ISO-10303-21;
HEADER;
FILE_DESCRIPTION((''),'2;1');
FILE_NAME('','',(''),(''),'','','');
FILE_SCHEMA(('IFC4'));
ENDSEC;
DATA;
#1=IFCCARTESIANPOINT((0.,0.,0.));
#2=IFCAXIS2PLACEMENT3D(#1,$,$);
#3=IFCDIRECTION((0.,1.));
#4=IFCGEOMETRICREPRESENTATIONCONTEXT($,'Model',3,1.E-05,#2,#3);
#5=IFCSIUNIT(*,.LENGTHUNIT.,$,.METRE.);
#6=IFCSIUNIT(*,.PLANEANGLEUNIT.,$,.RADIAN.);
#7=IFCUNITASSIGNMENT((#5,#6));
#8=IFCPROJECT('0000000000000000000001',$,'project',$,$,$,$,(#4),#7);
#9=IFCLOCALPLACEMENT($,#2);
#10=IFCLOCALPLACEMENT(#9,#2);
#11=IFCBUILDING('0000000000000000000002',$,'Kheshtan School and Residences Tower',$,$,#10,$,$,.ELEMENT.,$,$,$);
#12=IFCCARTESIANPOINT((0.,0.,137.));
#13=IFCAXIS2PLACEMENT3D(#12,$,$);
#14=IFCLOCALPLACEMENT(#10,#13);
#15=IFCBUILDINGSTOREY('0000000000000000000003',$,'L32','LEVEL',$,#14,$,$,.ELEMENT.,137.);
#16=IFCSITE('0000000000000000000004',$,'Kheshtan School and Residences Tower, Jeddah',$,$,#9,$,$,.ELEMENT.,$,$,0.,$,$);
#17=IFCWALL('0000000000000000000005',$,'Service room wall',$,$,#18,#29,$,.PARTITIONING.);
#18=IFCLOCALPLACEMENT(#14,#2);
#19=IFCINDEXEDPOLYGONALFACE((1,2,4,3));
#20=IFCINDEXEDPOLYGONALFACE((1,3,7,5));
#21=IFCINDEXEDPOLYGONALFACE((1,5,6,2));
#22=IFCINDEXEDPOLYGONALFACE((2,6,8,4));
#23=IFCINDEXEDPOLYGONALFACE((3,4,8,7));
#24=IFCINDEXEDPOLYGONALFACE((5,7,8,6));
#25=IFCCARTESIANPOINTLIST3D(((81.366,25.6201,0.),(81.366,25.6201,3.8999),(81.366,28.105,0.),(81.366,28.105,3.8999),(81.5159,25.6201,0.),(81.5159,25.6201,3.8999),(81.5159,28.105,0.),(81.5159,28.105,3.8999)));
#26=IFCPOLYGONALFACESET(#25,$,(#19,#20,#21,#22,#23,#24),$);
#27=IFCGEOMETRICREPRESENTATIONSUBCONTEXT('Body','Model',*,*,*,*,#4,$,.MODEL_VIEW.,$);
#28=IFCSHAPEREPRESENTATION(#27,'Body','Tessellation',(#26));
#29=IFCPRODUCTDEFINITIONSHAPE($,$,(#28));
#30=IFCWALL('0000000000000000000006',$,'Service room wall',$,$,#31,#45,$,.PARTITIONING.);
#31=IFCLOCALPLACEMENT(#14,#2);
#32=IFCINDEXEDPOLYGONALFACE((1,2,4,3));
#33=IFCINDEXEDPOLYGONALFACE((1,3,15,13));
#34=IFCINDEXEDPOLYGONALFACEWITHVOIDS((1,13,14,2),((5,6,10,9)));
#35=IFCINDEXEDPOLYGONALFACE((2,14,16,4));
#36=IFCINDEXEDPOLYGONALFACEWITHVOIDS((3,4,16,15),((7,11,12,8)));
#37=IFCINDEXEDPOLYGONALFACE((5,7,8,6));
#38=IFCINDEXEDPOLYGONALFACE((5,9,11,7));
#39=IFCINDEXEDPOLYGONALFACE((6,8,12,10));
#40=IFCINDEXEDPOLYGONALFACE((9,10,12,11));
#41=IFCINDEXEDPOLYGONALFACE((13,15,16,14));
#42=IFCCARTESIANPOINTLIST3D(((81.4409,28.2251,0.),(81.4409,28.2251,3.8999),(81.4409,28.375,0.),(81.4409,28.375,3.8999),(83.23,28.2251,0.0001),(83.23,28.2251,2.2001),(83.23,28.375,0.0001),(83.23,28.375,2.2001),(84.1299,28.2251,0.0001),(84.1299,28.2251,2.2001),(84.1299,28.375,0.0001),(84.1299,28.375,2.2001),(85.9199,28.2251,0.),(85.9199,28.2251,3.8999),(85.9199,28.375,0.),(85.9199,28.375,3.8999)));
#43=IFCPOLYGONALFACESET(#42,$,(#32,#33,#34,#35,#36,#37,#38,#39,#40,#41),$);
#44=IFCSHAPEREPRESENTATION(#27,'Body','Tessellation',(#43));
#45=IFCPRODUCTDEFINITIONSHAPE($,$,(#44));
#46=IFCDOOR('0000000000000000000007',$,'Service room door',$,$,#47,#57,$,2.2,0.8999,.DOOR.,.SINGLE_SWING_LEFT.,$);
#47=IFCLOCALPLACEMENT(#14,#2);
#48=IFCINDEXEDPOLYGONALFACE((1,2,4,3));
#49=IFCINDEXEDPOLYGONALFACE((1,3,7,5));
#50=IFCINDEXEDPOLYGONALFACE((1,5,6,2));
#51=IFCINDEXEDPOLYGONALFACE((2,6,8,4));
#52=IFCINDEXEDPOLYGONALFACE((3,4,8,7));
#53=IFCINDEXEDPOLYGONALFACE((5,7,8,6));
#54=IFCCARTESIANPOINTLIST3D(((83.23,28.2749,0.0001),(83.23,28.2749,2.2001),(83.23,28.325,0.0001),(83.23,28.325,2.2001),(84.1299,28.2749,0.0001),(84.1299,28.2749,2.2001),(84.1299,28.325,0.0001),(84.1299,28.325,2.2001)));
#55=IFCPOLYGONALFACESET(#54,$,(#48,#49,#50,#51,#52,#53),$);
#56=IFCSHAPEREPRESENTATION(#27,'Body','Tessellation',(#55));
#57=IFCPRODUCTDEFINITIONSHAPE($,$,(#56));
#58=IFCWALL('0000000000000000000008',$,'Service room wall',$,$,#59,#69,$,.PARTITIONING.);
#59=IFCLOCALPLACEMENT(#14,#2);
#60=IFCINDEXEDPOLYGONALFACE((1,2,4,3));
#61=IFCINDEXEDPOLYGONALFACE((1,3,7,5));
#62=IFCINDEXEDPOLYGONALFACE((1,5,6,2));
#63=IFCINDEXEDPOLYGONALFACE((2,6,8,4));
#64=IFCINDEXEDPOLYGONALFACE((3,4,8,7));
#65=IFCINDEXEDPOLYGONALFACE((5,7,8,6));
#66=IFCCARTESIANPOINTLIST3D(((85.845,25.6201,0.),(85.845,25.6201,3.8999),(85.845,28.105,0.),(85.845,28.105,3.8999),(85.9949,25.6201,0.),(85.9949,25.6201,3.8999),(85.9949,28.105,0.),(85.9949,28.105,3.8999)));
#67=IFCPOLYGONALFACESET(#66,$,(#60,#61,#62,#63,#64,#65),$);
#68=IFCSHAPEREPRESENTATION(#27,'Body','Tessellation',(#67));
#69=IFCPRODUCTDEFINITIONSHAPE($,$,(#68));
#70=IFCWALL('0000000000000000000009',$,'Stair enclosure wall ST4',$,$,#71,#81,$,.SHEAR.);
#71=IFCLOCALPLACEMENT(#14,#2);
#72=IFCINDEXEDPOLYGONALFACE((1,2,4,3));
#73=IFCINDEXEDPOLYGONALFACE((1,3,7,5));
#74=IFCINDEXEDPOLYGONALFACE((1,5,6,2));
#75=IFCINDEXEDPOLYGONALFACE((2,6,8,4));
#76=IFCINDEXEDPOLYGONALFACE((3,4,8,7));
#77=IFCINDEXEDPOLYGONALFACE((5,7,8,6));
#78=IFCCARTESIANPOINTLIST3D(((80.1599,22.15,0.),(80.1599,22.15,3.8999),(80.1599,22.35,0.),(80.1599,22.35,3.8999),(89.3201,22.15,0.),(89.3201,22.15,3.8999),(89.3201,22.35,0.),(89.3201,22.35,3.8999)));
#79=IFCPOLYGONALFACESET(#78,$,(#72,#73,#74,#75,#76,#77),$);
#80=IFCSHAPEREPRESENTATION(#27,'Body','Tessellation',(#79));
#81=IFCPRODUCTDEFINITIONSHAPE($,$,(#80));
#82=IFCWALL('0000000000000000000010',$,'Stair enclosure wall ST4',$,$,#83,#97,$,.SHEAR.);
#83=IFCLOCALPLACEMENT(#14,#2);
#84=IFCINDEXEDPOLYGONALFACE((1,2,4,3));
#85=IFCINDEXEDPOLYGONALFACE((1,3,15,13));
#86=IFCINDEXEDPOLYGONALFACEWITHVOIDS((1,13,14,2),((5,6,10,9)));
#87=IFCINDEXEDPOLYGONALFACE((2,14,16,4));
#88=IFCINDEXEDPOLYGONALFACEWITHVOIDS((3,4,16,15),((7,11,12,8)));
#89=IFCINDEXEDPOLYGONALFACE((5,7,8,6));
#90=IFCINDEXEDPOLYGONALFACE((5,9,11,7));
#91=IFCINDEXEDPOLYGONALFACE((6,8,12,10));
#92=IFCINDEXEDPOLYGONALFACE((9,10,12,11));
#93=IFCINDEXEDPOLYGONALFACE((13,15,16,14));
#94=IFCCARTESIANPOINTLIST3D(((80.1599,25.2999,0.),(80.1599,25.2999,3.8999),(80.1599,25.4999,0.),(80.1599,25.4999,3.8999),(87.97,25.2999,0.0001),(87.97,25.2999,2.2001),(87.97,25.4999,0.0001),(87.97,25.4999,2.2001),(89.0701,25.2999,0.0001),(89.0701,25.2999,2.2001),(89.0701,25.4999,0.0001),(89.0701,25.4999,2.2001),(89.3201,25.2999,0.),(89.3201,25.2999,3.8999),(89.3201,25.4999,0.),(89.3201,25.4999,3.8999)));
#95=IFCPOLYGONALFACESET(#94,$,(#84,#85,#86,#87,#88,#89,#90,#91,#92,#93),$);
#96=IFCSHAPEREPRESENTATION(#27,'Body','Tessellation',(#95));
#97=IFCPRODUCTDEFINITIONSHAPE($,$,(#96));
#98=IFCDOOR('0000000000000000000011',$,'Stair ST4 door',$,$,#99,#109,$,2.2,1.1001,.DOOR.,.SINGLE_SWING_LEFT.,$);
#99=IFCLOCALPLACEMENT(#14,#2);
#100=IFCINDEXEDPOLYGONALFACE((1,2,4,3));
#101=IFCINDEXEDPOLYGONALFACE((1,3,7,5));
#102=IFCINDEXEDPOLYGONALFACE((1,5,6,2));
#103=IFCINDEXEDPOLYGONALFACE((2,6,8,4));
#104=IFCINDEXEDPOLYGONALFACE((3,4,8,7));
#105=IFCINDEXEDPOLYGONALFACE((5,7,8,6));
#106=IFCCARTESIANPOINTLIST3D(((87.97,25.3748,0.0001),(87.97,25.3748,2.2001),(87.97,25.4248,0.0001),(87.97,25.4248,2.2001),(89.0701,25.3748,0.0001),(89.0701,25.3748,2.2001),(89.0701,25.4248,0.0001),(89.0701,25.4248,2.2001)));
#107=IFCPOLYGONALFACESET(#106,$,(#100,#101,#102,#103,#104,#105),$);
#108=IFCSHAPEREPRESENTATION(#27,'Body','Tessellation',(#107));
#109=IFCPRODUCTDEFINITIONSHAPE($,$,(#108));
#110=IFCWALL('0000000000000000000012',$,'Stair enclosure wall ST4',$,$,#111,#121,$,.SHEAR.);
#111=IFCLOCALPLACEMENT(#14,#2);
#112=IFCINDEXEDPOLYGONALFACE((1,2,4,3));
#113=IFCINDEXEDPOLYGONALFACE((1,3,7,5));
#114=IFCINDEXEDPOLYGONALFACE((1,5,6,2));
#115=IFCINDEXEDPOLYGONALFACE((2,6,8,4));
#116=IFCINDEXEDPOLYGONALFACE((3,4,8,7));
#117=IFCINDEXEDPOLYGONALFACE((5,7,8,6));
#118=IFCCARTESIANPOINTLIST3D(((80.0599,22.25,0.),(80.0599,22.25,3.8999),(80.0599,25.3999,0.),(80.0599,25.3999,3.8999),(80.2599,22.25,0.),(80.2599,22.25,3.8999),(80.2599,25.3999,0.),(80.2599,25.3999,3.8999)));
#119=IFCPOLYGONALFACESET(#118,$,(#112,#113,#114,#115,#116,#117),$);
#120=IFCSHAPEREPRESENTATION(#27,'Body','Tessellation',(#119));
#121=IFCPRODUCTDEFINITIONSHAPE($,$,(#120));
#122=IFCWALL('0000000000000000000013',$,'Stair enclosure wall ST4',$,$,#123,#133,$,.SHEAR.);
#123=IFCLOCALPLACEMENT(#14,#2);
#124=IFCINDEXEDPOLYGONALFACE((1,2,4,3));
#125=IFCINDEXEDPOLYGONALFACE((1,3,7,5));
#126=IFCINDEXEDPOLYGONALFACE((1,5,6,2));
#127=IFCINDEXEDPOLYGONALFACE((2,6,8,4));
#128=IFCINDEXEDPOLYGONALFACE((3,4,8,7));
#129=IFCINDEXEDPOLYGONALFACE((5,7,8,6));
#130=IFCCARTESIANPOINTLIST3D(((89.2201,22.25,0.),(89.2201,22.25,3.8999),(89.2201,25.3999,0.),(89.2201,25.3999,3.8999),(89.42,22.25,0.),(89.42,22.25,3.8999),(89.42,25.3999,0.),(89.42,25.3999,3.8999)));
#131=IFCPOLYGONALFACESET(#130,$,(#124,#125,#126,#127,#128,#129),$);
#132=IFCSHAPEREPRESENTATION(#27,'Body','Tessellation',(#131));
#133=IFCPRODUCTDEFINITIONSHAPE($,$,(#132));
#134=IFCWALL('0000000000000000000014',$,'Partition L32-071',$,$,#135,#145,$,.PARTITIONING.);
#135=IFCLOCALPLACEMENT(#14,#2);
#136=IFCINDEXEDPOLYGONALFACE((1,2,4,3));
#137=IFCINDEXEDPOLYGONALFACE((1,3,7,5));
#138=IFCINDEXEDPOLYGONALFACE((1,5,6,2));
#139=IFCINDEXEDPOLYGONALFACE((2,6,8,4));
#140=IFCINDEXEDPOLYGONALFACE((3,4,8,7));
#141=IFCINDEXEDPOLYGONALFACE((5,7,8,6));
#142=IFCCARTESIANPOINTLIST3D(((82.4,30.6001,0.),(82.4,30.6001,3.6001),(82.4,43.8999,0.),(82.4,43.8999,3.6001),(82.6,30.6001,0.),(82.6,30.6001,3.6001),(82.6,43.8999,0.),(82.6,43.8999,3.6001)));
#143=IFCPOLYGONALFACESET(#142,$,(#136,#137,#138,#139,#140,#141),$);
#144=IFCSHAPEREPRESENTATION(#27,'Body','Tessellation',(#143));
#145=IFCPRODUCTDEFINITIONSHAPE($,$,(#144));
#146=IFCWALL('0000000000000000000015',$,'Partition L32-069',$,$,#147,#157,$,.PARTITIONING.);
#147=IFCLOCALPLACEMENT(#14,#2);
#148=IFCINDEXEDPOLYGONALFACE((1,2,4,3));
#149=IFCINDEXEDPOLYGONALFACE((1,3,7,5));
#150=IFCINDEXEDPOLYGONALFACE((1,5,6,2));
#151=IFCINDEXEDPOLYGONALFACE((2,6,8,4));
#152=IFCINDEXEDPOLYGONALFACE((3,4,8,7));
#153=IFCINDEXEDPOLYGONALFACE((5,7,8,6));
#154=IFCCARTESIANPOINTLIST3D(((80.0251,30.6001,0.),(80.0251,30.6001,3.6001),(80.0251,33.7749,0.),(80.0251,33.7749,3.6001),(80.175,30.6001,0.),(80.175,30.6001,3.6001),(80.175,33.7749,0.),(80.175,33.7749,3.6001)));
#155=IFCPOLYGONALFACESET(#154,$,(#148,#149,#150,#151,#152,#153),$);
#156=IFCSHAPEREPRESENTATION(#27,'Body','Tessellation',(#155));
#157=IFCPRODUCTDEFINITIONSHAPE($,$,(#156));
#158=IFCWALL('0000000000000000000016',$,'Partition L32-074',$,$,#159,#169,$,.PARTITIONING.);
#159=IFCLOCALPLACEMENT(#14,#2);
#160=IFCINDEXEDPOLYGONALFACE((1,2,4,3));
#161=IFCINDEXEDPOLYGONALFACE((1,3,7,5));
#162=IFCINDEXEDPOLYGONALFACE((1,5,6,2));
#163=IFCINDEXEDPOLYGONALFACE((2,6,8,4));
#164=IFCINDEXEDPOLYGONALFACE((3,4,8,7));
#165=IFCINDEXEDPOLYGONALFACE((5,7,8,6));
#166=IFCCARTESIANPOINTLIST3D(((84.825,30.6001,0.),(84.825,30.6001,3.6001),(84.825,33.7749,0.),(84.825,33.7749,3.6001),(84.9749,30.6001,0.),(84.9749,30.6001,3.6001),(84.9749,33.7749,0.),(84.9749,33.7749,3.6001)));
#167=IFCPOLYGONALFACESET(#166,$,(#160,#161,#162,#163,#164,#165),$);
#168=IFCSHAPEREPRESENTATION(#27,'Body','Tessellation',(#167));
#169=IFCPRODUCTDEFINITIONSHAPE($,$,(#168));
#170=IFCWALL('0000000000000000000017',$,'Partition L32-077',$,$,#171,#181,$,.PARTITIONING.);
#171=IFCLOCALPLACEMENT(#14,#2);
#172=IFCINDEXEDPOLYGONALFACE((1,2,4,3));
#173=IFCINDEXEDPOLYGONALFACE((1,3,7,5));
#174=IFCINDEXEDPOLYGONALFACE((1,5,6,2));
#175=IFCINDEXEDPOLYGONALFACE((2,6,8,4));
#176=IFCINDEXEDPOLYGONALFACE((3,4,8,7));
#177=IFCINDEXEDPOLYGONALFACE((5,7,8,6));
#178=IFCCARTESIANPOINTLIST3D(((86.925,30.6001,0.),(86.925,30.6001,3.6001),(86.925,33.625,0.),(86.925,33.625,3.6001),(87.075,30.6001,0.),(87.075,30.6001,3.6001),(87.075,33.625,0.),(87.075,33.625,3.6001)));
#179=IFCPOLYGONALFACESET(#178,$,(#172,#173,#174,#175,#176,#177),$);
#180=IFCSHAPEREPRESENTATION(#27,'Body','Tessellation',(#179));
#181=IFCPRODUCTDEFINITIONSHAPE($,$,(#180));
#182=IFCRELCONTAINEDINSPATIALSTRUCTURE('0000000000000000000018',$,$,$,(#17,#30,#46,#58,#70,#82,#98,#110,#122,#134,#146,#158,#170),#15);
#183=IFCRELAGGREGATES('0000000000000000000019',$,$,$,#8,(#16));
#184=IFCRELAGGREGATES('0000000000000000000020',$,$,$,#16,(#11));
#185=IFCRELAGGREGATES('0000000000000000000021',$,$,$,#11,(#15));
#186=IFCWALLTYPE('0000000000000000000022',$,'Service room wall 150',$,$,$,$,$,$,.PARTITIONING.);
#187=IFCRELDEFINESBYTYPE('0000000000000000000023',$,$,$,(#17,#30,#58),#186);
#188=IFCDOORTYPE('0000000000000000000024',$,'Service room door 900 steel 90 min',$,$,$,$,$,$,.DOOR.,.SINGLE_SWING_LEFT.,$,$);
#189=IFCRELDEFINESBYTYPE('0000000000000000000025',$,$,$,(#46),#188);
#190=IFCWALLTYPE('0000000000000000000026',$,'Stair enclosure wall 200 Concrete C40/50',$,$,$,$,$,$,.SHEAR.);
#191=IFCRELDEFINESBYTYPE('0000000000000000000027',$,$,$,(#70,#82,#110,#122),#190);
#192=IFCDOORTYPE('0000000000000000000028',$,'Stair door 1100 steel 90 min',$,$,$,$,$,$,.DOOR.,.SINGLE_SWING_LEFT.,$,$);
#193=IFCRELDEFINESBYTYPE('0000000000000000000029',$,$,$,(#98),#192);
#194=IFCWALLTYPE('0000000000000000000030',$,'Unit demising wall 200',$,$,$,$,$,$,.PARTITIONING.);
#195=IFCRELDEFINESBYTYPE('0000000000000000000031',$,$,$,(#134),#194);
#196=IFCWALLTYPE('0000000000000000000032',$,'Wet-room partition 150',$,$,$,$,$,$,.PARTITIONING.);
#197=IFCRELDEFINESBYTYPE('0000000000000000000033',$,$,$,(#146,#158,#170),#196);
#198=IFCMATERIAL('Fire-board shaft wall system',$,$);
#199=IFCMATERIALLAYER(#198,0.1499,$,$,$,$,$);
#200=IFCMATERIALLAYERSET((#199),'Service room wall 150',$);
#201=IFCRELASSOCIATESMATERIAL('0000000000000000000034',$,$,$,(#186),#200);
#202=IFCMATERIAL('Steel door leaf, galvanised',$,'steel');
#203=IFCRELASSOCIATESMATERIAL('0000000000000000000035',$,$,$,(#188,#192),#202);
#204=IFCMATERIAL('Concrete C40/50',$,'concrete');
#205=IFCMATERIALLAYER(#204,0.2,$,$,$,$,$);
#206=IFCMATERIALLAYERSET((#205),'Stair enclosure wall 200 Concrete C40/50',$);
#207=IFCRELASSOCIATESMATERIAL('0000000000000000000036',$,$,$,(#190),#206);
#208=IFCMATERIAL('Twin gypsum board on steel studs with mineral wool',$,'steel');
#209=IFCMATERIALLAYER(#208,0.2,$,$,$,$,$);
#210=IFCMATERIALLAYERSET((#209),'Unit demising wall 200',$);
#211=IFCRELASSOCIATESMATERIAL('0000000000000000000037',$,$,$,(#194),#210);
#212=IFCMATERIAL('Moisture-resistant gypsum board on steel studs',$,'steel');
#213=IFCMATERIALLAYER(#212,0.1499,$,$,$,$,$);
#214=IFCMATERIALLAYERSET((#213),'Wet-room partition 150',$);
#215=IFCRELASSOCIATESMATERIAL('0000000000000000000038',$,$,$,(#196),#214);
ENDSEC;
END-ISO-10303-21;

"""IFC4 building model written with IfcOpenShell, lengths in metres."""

from ifc_helpers import new_model, si_unit, direction, frame, frame_2d, origin, place, context, subcontext, project, spatial, rectangle, extrude, source, transform, mapped, material, layer, layer_set, type_object, element, fill, save


model = new_model("IFC4")

# Units and contexts
model_context = context("Model", 3, precision=1e-05, world=origin(), true_north=direction((0.0, 1.0)))
body_context = subcontext(model_context, "Body", "Model", "MODEL_VIEW")
ifc_project = project(units=[si_unit("LENGTHUNIT", "METRE"), si_unit("PLANEANGLEUNIT", "RADIAN")], contexts=[model_context])

# Site, building, storey
site_placement = place(None, origin())
site = spatial("IfcSite", under=ifc_project, at=site_placement, Name="Kheshtan School and Residences Tower, Jeddah", CompositionType="ELEMENT", RefElevation=0.0)
building_placement = place(site_placement, origin())
building = spatial("IfcBuilding", under=site, at=building_placement, Name="Kheshtan School and Residences Tower", CompositionType="ELEMENT")
storey_placement = place(building_placement, frame((0.0, 0.0, 137.0)))
storey = spatial("IfcBuildingStorey", under=building, at=storey_placement, Name="L32", Description="LEVEL", CompositionType="ELEMENT", Elevation=137.0)

# Shared definitions
ifc_material_1 = material(Name="Fire-board shaft wall system")
ifc_layer_1 = layer(ifc_material_1, 0.1499)
ifc_layer_set_1 = layer_set([ifc_layer_1], Name="Service room wall 150")
wall_type_1 = type_object("IfcWallType", Name="Service room wall 150", PredefinedType="PARTITIONING", material=ifc_layer_set_1)
ifc_material_2 = material(Name="Steel door leaf, galvanised", Category="steel")
door_type_1 = type_object("IfcDoorType", Name="Service room door 900 steel 90 min", OperationType="SINGLE_SWING_LEFT", PredefinedType="DOOR", material=ifc_material_2)
shared_shape_1 = source(origin(), body_context, "Body", "SweptSolid", [
    extrude(rectangle(XDim=0.8999, YDim=2.2, at=frame_2d((0.45, 1.1001))), frame((0.0, 0.0249, 0.0), z_axis=(0.0, -1.0, 0.0), x_axis=(1.0, 0.0, 0.0)), (0.0, 0.0, 1.0), 0.05),
])

# Wall
wall_1_placement = place(storey_placement, frame((81.4409, 25.6201, 0.0), z_axis=(0.0, 0.0, 1.0), x_axis=(0.0, 1.0, 0.0)))
element("IfcWall", 1, at=wall_1_placement, inside=storey, type_object=wall_type_1, Name="Service room wall", PredefinedType="PARTITIONING", context=body_context, shape_type="SweptSolid", body=[
    extrude(rectangle(XDim=2.4849, YDim=0.1499, at=frame_2d((1.2424, 0.0))), origin(), (0.0, 0.0, 1.0), 3.8999),
])

# Wall, opening, door
wall_2_placement = place(storey_placement, frame((81.4409, 28.3, 0.0), z_axis=(0.0, 0.0, 1.0), x_axis=(1.0, 0.0, 0.0)))
wall_2 = element("IfcWall", 2, at=wall_2_placement, inside=storey, type_object=wall_type_1, Name="Service room wall", PredefinedType="PARTITIONING", context=body_context, shape_type="SweptSolid", body=[
    extrude(rectangle(XDim=4.479, YDim=0.1499, at=frame_2d((2.2395, 0.0))), origin(), (0.0, 0.0, 1.0), 3.8999),
])
opening_1_placement = place(wall_2_placement, frame((1.7891, 0.0, 0.0)))
opening_1 = element("IfcOpeningElement", 3, at=opening_1_placement, cuts=wall_2, PredefinedType="OPENING", context=body_context, shape_type="SweptSolid", body=[
    extrude(rectangle(XDim=0.8999, YDim=2.2, at=frame_2d((0.45, 1.1001))), frame((0.0, 0.085, 0.0), z_axis=(0.0, -1.0, 0.0), x_axis=(1.0, 0.0, 0.0)), (0.0, 0.0, 1.0), 0.1699),
])
door_1_placement = place(opening_1_placement, origin())
door_1 = element("IfcDoor", 4, at=door_1_placement, inside=storey, type_object=door_type_1, Name="Service room door", OperationType="SINGLE_SWING_LEFT", OverallHeight=2.2, OverallWidth=0.8999, PredefinedType="DOOR", context=body_context, shape_type="MappedRepresentation", body=[
    mapped(shared_shape_1, transform((0.0, 0.0, 0.0), x_axis=(1.0, 0.0, 0.0), y_axis=(0.0, 1.0, 0.0), z_axis=(0.0, 0.0, 1.0), scale=1.0)),
])
fill(opening_1, door_1)

# Walls
wall_3_placement = place(storey_placement, frame((85.9199, 25.6201, 0.0), z_axis=(0.0, 0.0, 1.0), x_axis=(0.0, 1.0, 0.0)))
element("IfcWall", 5, at=wall_3_placement, inside=storey, type_object=wall_type_1, Name="Service room wall", PredefinedType="PARTITIONING", context=body_context, shape_type="SweptSolid", body=[
    extrude(rectangle(XDim=2.4849, YDim=0.1499, at=frame_2d((1.2424, 0.0))), origin(), (0.0, 0.0, 1.0), 3.8999),
])
ifc_material_3 = material(Name="Concrete C40/50", Category="concrete")
ifc_layer_2 = layer(ifc_material_3, 0.2)
ifc_layer_set_2 = layer_set([ifc_layer_2], Name="Stair enclosure wall 200 Concrete C40/50")
wall_type_2 = type_object("IfcWallType", Name="Stair enclosure wall 200 Concrete C40/50", PredefinedType="SHEAR", material=ifc_layer_set_2)
wall_4_placement = place(storey_placement, frame((80.1599, 22.25, 0.0), z_axis=(0.0, 0.0, 1.0), x_axis=(1.0, 0.0, 0.0)))
element("IfcWall", 6, at=wall_4_placement, inside=storey, type_object=wall_type_2, Name="Stair enclosure wall ST4", PredefinedType="SHEAR", context=body_context, shape_type="SweptSolid", body=[
    extrude(rectangle(XDim=9.1602, YDim=0.2, at=frame_2d((4.5801, 0.0))), origin(), (0.0, 0.0, 1.0), 3.8999),
])

# Wall, opening, door
wall_5_placement = place(storey_placement, frame((80.1599, 25.3999, 0.0), z_axis=(0.0, 0.0, 1.0), x_axis=(1.0, 0.0, 0.0)))
wall_5 = element("IfcWall", 7, at=wall_5_placement, inside=storey, type_object=wall_type_2, Name="Stair enclosure wall ST4", PredefinedType="SHEAR", context=body_context, shape_type="SweptSolid", body=[
    extrude(rectangle(XDim=9.1602, YDim=0.2, at=frame_2d((4.5801, 0.0))), origin(), (0.0, 0.0, 1.0), 3.8999),
])
opening_2_placement = place(wall_5_placement, frame((7.8101, 0.0, 0.0)))
opening_2 = element("IfcOpeningElement", 8, at=opening_2_placement, cuts=wall_5, PredefinedType="OPENING", context=body_context, shape_type="SweptSolid", body=[
    extrude(rectangle(XDim=1.1001, YDim=2.2, at=frame_2d((0.55, 1.1001))), frame((0.0, 0.1099, 0.0), z_axis=(0.0, -1.0, 0.0), x_axis=(1.0, 0.0, 0.0)), (0.0, 0.0, 1.0), 0.22),
])
door_type_2 = type_object("IfcDoorType", Name="Stair door 1100 steel 90 min", OperationType="SINGLE_SWING_LEFT", PredefinedType="DOOR", material=ifc_material_2)
shared_shape_2 = source(origin(), body_context, "Body", "SweptSolid", [
    extrude(rectangle(XDim=1.1001, YDim=2.2, at=frame_2d((0.55, 1.1001))), frame((0.0, 0.0249, 0.0), z_axis=(0.0, -1.0, 0.0), x_axis=(1.0, 0.0, 0.0)), (0.0, 0.0, 1.0), 0.05),
])
door_2_placement = place(opening_2_placement, origin())
door_2 = element("IfcDoor", 9, at=door_2_placement, inside=storey, type_object=door_type_2, Name="Stair ST4 door", OperationType="SINGLE_SWING_LEFT", OverallHeight=2.2, OverallWidth=1.1001, PredefinedType="DOOR", context=body_context, shape_type="MappedRepresentation", body=[
    mapped(shared_shape_2, transform((0.0, 0.0, 0.0), x_axis=(1.0, 0.0, 0.0), y_axis=(0.0, 1.0, 0.0), z_axis=(0.0, 0.0, 1.0), scale=1.0)),
])
fill(opening_2, door_2)

# Walls
for number, where, z_axis, x_axis, name in (
    (10, (80.1599, 22.25, 0.0), (0.0, 0.0, 1.0), (0.0, 1.0, 0.0), "Stair enclosure wall ST4"),
    (11, (89.3201, 22.25, 0.0), (0.0, 0.0, 1.0), (0.0, 1.0, 0.0), "Stair enclosure wall ST4"),
):
    element("IfcWall", number, at=place(storey_placement, frame(where, z_axis=z_axis, x_axis=x_axis)), inside=storey, type_object=wall_type_2, Name=name, PredefinedType="SHEAR", context=body_context, shape_type="SweptSolid", body=[
        extrude(rectangle(XDim=3.1499, YDim=0.2, at=frame_2d((1.575, 0.0))), origin(), (0.0, 0.0, 1.0), 3.8999),
    ])
ifc_material_4 = material(Name="Twin gypsum board on steel studs with mineral wool", Category="steel")
ifc_layer_3 = layer(ifc_material_4, 0.2)
ifc_layer_set_3 = layer_set([ifc_layer_3], Name="Unit demising wall 200")
wall_type_3 = type_object("IfcWallType", Name="Unit demising wall 200", PredefinedType="PARTITIONING", material=ifc_layer_set_3)
wall_6_placement = place(storey_placement, frame((82.5, 30.6001, 0.0), z_axis=(0.0, 0.0, 1.0), x_axis=(0.0, 1.0, 0.0)))
element("IfcWall", 12, at=wall_6_placement, inside=storey, type_object=wall_type_3, Name="Partition L32-071", PredefinedType="PARTITIONING", context=body_context, shape_type="SweptSolid", body=[
    extrude(rectangle(XDim=13.2998, YDim=0.2, at=frame_2d((6.6499, 0.0))), origin(), (0.0, 0.0, 1.0), 3.6001),
])
ifc_material_5 = material(Name="Moisture-resistant gypsum board on steel studs", Category="steel")
ifc_layer_4 = layer(ifc_material_5, 0.1499)
ifc_layer_set_4 = layer_set([ifc_layer_4], Name="Wet-room partition 150")
wall_type_4 = type_object("IfcWallType", Name="Wet-room partition 150", PredefinedType="PARTITIONING", material=ifc_layer_set_4)
for number, where, z_axis, x_axis, name in (
    (13, (80.1001, 30.6001, 0.0), (0.0, 0.0, 1.0), (0.0, 1.0, 0.0), "Partition L32-069"),
    (14, (84.8999, 30.6001, 0.0), (0.0, 0.0, 1.0), (0.0, 1.0, 0.0), "Partition L32-074"),
):
    element("IfcWall", number, at=place(storey_placement, frame(where, z_axis=z_axis, x_axis=x_axis)), inside=storey, type_object=wall_type_4, Name=name, PredefinedType="PARTITIONING", context=body_context, shape_type="SweptSolid", body=[
        extrude(rectangle(XDim=3.1748, YDim=0.1499, at=frame_2d((1.5874, 0.0))), origin(), (0.0, 0.0, 1.0), 3.6001),
    ])
for number, where, z_axis, x_axis, name in (
    (15, (87.0, 30.6001, 0.0), (0.0, 0.0, 1.0), (0.0, 1.0, 0.0), "Partition L32-077"),
):
    element("IfcWall", number, at=place(storey_placement, frame(where, z_axis=z_axis, x_axis=x_axis)), inside=storey, type_object=wall_type_4, Name=name, PredefinedType="PARTITIONING", context=body_context, shape_type="SweptSolid", body=[
        extrude(rectangle(XDim=3.0249, YDim=0.1499, at=frame_2d((1.5125, 0.0))), origin(), (0.0, 0.0, 1.0), 3.6001),
    ])

save(model, "model.ifc")
